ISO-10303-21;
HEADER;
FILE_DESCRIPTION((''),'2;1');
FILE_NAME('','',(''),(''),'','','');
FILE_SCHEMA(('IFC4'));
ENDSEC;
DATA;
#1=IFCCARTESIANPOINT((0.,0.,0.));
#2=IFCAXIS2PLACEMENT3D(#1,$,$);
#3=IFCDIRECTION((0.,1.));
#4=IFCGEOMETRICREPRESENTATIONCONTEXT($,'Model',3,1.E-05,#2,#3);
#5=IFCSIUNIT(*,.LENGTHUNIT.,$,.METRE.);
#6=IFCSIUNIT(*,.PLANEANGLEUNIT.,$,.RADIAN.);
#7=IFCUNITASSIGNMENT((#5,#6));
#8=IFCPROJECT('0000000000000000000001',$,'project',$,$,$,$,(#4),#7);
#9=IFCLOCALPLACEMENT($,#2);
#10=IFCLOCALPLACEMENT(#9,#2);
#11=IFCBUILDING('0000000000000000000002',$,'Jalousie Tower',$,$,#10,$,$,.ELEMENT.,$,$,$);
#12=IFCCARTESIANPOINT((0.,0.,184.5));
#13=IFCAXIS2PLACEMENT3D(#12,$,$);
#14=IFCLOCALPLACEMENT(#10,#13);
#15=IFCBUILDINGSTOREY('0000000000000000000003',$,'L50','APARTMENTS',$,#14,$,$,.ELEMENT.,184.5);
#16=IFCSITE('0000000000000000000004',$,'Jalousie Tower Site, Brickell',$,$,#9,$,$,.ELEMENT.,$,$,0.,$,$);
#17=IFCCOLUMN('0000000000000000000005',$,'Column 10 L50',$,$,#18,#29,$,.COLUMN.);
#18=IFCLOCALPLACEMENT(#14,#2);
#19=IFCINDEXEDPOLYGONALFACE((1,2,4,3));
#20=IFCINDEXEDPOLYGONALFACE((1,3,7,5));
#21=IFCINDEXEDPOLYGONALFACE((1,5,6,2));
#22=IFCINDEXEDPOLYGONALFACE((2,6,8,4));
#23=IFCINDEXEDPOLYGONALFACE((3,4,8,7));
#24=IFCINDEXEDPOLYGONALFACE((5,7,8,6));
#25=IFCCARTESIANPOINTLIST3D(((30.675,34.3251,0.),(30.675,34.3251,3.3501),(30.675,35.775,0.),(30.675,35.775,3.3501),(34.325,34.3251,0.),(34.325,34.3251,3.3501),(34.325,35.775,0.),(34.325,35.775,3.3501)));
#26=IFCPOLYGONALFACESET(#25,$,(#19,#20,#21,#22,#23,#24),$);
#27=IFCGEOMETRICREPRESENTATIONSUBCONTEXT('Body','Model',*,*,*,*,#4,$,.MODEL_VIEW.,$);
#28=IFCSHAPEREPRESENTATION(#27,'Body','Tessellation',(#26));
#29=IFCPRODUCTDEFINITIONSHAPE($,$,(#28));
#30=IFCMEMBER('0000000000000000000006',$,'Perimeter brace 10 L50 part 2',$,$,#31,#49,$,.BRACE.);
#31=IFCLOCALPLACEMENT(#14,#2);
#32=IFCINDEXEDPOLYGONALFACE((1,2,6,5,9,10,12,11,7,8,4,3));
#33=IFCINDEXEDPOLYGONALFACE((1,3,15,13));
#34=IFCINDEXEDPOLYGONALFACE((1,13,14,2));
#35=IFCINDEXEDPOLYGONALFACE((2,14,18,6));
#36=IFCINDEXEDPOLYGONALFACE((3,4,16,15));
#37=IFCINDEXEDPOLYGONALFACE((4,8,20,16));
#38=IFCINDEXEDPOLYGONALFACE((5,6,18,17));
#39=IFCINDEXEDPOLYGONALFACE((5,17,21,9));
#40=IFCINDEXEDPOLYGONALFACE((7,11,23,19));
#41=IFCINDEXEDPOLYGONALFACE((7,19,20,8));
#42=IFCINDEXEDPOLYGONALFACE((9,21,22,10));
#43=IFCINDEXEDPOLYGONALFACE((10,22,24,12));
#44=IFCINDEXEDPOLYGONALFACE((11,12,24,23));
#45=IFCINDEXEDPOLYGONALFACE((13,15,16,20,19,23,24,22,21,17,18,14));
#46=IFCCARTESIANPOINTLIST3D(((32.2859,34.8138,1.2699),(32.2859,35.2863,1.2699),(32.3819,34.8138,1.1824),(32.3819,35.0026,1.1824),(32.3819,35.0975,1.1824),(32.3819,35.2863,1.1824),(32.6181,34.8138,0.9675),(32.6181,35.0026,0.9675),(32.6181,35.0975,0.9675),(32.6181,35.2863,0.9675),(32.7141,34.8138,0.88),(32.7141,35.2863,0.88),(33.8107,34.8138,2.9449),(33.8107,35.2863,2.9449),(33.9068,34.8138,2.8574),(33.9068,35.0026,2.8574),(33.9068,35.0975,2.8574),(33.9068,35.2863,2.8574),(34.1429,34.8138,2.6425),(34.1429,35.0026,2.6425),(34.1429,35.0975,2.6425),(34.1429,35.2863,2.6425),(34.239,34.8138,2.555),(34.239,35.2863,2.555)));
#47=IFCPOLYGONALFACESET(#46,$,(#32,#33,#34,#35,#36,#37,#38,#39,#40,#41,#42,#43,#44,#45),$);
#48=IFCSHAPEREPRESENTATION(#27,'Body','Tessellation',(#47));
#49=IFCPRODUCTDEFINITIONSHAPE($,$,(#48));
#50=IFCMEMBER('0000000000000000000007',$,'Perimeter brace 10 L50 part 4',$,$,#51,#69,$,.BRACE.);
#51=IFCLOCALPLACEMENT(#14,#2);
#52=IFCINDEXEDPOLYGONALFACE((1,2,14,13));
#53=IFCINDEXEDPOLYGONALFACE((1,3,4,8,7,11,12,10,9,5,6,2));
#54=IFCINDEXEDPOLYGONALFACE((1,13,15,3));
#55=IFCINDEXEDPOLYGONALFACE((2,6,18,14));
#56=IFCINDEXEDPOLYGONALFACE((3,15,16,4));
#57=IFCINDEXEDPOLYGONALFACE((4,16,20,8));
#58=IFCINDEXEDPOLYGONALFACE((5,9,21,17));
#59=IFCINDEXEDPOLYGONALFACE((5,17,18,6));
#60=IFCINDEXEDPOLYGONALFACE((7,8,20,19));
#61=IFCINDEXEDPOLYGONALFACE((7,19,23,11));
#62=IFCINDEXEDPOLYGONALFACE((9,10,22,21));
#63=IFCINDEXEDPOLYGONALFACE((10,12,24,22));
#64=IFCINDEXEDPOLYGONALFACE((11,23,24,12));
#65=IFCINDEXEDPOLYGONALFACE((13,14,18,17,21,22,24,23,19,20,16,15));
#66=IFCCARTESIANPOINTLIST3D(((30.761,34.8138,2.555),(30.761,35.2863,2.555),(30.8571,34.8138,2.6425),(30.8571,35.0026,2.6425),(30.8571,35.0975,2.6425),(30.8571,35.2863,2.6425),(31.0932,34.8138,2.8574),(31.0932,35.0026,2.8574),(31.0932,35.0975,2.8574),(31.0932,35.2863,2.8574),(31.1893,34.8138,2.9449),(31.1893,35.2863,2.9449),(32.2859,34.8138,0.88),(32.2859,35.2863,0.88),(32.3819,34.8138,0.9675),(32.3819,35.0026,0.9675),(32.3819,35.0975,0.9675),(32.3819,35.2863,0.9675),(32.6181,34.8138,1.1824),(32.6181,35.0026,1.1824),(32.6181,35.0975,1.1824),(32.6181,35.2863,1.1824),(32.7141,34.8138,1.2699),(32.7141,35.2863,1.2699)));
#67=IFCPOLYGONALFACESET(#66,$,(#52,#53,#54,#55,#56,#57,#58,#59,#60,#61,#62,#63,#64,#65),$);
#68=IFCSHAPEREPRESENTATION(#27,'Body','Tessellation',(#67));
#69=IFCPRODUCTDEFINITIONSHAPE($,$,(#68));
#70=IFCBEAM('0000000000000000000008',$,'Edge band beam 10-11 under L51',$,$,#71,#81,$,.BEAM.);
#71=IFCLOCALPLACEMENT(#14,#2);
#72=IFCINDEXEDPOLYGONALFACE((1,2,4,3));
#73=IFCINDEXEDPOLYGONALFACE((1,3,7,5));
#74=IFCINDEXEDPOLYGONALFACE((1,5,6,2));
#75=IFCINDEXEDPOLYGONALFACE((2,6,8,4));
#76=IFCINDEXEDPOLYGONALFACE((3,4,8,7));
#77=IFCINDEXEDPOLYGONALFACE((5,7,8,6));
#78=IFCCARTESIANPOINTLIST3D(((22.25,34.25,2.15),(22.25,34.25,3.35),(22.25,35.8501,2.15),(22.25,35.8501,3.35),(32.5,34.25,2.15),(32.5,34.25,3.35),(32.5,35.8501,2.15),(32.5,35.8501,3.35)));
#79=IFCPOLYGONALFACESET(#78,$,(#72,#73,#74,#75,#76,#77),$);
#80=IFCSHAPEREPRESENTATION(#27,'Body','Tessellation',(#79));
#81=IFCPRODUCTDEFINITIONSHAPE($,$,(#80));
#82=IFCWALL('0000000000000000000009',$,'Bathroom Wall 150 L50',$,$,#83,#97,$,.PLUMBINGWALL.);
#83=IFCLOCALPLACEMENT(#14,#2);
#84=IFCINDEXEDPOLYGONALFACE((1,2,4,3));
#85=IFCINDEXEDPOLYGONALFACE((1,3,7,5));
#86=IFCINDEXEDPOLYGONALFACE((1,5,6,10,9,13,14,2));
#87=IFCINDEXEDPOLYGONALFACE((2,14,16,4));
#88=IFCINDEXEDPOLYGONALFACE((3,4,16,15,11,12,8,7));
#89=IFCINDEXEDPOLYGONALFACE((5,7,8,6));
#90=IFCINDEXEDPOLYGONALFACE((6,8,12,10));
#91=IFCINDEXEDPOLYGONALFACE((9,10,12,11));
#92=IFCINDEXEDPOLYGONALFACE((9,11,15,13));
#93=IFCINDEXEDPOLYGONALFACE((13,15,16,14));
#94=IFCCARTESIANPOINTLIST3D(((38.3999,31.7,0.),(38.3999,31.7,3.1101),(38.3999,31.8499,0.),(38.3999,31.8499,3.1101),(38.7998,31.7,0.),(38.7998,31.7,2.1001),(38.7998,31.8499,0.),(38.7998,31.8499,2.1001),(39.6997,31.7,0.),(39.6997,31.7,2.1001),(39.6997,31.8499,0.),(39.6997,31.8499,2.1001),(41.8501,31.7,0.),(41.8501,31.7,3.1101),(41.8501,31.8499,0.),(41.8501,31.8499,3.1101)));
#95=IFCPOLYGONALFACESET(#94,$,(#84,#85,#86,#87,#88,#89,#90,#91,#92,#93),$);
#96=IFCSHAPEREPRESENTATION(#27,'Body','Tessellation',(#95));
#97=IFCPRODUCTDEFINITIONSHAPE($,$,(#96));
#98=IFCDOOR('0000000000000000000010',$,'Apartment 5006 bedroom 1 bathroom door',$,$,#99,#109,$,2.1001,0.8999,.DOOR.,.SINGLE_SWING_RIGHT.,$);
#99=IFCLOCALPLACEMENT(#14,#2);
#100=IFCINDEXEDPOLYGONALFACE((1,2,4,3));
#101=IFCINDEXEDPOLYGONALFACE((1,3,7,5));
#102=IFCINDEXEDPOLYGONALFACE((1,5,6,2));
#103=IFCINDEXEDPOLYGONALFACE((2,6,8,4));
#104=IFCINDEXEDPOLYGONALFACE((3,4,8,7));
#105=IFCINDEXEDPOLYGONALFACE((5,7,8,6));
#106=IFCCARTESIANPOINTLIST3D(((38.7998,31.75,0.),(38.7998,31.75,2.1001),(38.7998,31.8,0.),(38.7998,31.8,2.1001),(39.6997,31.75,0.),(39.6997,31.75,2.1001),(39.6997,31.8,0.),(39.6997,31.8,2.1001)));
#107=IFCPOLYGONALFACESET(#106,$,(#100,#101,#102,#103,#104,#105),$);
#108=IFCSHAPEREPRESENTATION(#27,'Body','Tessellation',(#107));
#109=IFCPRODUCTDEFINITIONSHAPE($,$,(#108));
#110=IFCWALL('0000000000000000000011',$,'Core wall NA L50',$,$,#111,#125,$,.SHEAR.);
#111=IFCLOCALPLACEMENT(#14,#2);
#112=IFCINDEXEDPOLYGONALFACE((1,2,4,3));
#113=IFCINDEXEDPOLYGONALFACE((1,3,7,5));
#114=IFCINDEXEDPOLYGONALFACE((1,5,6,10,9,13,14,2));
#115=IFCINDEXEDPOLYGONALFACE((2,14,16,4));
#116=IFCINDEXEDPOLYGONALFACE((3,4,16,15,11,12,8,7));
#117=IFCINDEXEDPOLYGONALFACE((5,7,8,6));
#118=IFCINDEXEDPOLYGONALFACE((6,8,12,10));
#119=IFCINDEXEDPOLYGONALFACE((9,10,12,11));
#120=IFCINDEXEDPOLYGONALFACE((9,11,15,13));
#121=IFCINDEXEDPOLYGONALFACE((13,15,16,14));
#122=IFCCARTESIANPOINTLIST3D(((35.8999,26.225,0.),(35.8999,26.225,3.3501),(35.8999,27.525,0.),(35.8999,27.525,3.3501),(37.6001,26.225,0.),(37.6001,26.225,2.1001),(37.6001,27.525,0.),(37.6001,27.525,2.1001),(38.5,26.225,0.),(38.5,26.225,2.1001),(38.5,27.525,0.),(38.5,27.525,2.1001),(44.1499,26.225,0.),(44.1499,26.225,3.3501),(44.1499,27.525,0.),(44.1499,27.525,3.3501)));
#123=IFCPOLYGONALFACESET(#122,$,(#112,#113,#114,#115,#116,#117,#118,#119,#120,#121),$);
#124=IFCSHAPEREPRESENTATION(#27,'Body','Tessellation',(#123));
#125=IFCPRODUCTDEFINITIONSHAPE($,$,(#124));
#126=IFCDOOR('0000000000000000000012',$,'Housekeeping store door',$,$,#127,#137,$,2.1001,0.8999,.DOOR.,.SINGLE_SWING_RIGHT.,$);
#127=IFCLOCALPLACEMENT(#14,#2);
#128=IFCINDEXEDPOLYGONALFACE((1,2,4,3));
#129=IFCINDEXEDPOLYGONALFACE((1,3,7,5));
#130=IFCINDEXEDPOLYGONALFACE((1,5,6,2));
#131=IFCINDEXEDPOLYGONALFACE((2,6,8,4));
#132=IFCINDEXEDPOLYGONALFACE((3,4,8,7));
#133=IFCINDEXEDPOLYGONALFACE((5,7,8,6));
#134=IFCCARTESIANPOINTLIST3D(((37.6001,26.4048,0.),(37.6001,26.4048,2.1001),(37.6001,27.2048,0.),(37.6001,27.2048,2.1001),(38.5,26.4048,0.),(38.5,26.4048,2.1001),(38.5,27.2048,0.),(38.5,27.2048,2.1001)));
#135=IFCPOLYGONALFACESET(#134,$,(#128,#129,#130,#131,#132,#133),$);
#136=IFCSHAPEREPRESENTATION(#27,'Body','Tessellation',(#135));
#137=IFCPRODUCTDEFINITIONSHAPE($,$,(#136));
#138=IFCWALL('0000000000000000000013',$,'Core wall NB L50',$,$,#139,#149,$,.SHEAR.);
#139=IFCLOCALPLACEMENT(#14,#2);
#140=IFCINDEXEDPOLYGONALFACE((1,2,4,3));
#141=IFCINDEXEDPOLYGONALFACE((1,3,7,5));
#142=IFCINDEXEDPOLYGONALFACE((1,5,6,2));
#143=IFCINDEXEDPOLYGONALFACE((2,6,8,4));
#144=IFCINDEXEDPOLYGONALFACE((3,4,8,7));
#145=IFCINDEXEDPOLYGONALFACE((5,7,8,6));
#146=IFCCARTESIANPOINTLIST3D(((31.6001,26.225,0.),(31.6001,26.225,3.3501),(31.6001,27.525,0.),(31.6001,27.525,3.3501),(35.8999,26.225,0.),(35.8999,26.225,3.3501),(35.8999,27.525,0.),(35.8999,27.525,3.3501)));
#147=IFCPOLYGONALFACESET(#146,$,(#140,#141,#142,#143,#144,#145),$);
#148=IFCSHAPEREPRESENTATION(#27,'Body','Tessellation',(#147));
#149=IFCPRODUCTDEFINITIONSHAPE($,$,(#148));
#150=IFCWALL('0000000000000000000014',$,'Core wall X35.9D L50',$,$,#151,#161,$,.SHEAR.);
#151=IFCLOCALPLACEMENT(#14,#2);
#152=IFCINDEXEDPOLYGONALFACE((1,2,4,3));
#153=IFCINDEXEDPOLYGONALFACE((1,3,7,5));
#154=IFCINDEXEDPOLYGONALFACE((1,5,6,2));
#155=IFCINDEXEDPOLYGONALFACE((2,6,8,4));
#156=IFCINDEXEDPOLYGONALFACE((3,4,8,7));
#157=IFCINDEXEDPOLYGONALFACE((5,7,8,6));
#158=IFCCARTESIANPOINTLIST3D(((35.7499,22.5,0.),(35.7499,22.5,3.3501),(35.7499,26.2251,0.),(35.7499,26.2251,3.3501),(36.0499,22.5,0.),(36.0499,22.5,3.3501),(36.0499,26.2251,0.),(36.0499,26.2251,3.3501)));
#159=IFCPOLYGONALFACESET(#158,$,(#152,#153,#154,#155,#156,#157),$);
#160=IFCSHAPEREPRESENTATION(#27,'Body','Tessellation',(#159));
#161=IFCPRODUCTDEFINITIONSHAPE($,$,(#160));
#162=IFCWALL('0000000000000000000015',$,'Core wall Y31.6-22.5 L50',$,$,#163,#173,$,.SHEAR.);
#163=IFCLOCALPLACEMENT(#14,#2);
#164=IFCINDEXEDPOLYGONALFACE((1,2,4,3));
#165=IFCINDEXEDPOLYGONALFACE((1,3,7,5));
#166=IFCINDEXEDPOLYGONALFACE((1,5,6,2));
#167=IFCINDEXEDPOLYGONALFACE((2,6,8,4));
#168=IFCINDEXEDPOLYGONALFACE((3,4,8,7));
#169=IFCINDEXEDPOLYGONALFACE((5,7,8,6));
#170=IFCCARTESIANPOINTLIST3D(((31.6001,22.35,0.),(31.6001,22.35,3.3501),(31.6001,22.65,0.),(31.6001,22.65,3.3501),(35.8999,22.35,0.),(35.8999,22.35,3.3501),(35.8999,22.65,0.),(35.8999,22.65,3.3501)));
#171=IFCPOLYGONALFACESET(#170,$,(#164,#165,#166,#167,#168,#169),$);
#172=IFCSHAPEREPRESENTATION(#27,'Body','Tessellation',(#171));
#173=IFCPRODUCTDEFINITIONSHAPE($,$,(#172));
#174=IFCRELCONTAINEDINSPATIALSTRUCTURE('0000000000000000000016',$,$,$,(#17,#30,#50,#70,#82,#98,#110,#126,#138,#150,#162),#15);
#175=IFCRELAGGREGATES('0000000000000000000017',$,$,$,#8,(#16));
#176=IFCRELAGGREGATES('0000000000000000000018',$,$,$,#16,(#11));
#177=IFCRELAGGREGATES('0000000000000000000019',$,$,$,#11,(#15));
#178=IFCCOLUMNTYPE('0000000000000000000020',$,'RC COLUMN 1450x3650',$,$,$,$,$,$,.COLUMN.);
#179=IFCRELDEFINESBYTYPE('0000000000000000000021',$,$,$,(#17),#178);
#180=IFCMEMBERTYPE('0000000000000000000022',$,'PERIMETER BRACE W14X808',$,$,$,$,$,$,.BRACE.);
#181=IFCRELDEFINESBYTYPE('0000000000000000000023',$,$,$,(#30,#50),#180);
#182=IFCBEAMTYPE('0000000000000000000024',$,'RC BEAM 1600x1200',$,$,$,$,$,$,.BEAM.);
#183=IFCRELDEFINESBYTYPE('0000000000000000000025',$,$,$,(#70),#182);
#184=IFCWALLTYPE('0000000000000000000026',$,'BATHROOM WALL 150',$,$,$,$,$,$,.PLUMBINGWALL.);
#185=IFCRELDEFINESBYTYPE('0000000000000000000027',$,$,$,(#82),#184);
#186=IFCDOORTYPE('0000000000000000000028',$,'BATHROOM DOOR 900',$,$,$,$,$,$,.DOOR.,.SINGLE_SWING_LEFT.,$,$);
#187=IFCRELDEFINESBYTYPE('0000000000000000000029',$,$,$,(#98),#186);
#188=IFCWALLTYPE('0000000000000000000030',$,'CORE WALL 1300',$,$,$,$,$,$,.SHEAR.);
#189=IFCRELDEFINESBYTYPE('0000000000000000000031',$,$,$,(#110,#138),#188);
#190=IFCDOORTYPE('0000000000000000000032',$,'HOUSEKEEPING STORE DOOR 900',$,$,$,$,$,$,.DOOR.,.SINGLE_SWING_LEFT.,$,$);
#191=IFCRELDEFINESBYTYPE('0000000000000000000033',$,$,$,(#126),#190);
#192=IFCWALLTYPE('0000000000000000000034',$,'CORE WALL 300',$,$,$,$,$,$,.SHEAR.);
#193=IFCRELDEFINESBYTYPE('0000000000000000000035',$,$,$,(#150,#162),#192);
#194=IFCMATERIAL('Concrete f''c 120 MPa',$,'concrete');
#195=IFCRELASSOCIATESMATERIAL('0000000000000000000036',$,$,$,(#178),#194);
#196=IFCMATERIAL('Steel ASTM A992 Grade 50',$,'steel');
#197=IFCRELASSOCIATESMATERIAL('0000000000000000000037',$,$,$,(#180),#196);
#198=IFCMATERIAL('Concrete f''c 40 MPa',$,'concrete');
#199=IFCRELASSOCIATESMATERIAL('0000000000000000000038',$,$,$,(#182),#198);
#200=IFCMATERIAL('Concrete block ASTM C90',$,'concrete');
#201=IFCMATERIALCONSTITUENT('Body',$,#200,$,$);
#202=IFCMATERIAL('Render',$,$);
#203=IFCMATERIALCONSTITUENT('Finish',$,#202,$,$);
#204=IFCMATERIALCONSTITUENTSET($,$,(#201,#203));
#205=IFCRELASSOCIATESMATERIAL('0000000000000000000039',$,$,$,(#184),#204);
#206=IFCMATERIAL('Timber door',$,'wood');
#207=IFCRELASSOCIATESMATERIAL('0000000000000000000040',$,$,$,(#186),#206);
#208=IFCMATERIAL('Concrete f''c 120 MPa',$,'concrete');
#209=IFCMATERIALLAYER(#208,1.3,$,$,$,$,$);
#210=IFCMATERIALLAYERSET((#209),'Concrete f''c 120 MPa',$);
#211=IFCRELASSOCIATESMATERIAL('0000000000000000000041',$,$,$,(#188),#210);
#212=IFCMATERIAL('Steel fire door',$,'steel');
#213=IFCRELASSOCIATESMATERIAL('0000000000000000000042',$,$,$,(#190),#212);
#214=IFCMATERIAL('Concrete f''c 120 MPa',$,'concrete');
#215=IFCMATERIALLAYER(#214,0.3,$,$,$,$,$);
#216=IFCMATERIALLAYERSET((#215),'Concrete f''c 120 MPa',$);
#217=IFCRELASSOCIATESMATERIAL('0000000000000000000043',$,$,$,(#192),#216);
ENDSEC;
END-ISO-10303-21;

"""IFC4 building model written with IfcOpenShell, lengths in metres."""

from ifc_helpers import new_model, si_unit, direction, frame, frame_2d, origin, origin_2d, place, context, subcontext, project, spatial, rectangle, i_section, extrude, material, layer, layer_set, constituent, constituent_set, material_profile, profile_set, type_object, element, fill, save


model = new_model("IFC4")

# Units and contexts
model_context = context("Model", 3, precision=1e-05, world=origin(), true_north=direction((0.0, 1.0)))
body_context = subcontext(model_context, "Body", "Model", "MODEL_VIEW")
ifc_project = project(units=[si_unit("LENGTHUNIT", "METRE"), si_unit("PLANEANGLEUNIT", "RADIAN")], contexts=[model_context])

# Site, building, storey
site_placement = place(None, origin())
site = spatial("IfcSite", under=ifc_project, at=site_placement, Name="Jalousie Tower Site, Brickell", CompositionType="ELEMENT", RefElevation=0.0)
building_placement = place(site_placement, origin())
building = spatial("IfcBuilding", under=site, at=building_placement, Name="Jalousie Tower", CompositionType="ELEMENT")
storey_placement = place(building_placement, frame((0.0, 0.0, 184.5)))
storey = spatial("IfcBuildingStorey", under=building, at=storey_placement, Name="L50", Description="APARTMENTS", CompositionType="ELEMENT", Elevation=184.5)

# Column
ifc_material_1 = material(Name="Concrete f'c 120 MPa", Category="concrete")
ifc_material_profile_1 = material_profile(ifc_material_1, rectangle(XDim=1.45, YDim=3.6499, at=origin_2d()), Name="RC 1450x3650")
ifc_profile_set_1 = profile_set([ifc_material_profile_1], Name="Concrete f'c 120 MPa")
column_type = type_object("IfcColumnType", Name="RC COLUMN 1450x3650", PredefinedType="COLUMN", material=ifc_profile_set_1)
column_placement = place(storey_placement, frame((32.5, 35.05, 0.0), z_axis=(0.0, 0.0, 1.0), x_axis=(0.0, 1.0, 0.0)))
element("IfcColumn", 1, at=column_placement, inside=storey, type_object=column_type, Name="Column 10 L50", PredefinedType="COLUMN", context=body_context, shape_type="SweptSolid", body=[
    extrude(rectangle(XDim=1.45, YDim=3.6499, at=origin_2d()), origin(), (0.0, 0.0, 1.0), 3.3501),
])

# Members
ifc_material_2 = material(Name="Steel ASTM A992 Grade 50", Category="steel")
ifc_material_profile_2 = material_profile(ifc_material_2, i_section(OverallWidth=0.4724, OverallDepth=0.5791, WebThickness=0.095, FlangeThickness=0.1299, at=origin_2d()), Name="W14X808")
ifc_profile_set_2 = profile_set([ifc_material_profile_2], Name="Steel ASTM A992 Grade 50")
member_type = type_object("IfcMemberType", Name="PERIMETER BRACE W14X808", PredefinedType="BRACE", material=ifc_profile_set_2)
for number, where, z_axis, x_axis, name in (
    (2, (32.5, 35.05, 1.075), (0.673188, 0.0, 0.739472), (0.0, 1.0, 0.0), "Perimeter brace 10 L50 part 2"),
    (3, (32.5, 35.05, 1.075), (-0.673188, 0.0, 0.739472), (0.0, -1.0, 0.0), "Perimeter brace 10 L50 part 4"),
):
    element("IfcMember", number, at=place(storey_placement, frame(where, z_axis=z_axis, x_axis=x_axis)), inside=storey, type_object=member_type, Name=name, PredefinedType="BRACE", context=body_context, shape_type="SweptSolid", body=[
        extrude(i_section(OverallWidth=0.4724, OverallDepth=0.5791, WebThickness=0.095, FlangeThickness=0.1299, at=origin_2d()), origin(), (0.0, 0.0, 1.0), 2.2651),
    ])

# Beam
ifc_material_3 = material(Name="Concrete f'c 40 MPa", Category="concrete")
ifc_material_profile_3 = material_profile(ifc_material_3, rectangle(XDim=1.6001, YDim=1.2, at=origin_2d()), Name="RC 1600x1200")
ifc_profile_set_3 = profile_set([ifc_material_profile_3], Name="Concrete f'c 40 MPa")
beam_type = type_object("IfcBeamType", Name="RC BEAM 1600x1200", PredefinedType="BEAM", material=ifc_profile_set_3)
beam_placement = place(storey_placement, frame((32.5, 35.05, 2.75), z_axis=(-1.0, 0.0, 0.0), x_axis=(0.0, -1.0, 0.0)))
element("IfcBeam", 4, at=beam_placement, inside=storey, type_object=beam_type, Name="Edge band beam 10-11 under L51", PredefinedType="BEAM", context=body_context, shape_type="SweptSolid", body=[
    extrude(rectangle(XDim=1.6001, YDim=1.2, at=origin_2d()), origin(), (0.0, 0.0, 1.0), 10.25),
])

# Walls, openings, doors
ifc_material_4 = material(Name="Concrete block ASTM C90", Category="concrete")
ifc_constituent_1 = constituent(ifc_material_4, Name="Body")
ifc_material_5 = material(Name="Render")
ifc_constituent_2 = constituent(ifc_material_5, Name="Finish")
ifc_constituent_set_1 = constituent_set(constituents=[ifc_constituent_1, ifc_constituent_2])
wall_type_1 = type_object("IfcWallType", Name="BATHROOM WALL 150", PredefinedType="PLUMBINGWALL", material=ifc_constituent_set_1)
wall_1_placement = place(storey_placement, frame((38.3999, 31.7749, 0.0), z_axis=(0.0, 0.0, 1.0), x_axis=(1.0, 0.0, 0.0)))
wall_1 = element("IfcWall", 5, at=wall_1_placement, inside=storey, type_object=wall_type_1, Name="Bathroom Wall 150 L50", PredefinedType="PLUMBINGWALL", context=body_context, shape_type="SweptSolid", body=[
    extrude(rectangle(XDim=3.4502, YDim=0.1499, at=frame_2d((1.7251, 0.0))), origin(), (0.0, 0.0, 1.0), 3.1101),
])
opening_1_placement = place(wall_1_placement, frame((0.3999, 0.0, 0.0)))
opening_1 = element("IfcOpeningElement", 6, at=opening_1_placement, cuts=wall_1, PredefinedType="OPENING", context=body_context, shape_type="SweptSolid", body=[
    extrude(rectangle(XDim=0.8999, YDim=2.1001, at=frame_2d((0.45, 1.05))), frame((0.0, 0.085, 0.0), z_axis=(0.0, -1.0, 0.0), x_axis=(1.0, 0.0, 0.0)), (0.0, 0.0, 1.0), 0.1699),
])
ifc_material_6 = material(Name="Timber door", Category="wood")
door_type_1 = type_object("IfcDoorType", Name="BATHROOM DOOR 900", OperationType="SINGLE_SWING_LEFT", PredefinedType="DOOR", material=ifc_material_6)
door_1_placement = place(opening_1_placement, frame((0.8999, 0.0, 0.0), z_axis=(0.0, 0.0, 1.0), x_axis=(-1.0, 0.0, 0.0)))
door_1 = element("IfcDoor", 7, at=door_1_placement, inside=storey, type_object=door_type_1, Name="Apartment 5006 bedroom 1 bathroom door", OperationType="SINGLE_SWING_RIGHT", OverallHeight=2.1001, OverallWidth=0.8999, PredefinedType="DOOR", context=body_context, shape_type="SweptSolid", body=[
    extrude(rectangle(XDim=0.8999, YDim=2.1001, at=frame_2d((0.45, 1.05))), frame((0.0, 0.0249, 0.0), z_axis=(0.0, -1.0, 0.0), x_axis=(1.0, 0.0, 0.0)), (0.0, 0.0, 1.0), 0.05),
])
fill(opening_1, door_1)
ifc_material_7 = material(Name="Concrete f'c 120 MPa", Category="concrete")
ifc_layer_1 = layer(ifc_material_7, 1.3)
ifc_layer_set_1 = layer_set([ifc_layer_1], Name="Concrete f'c 120 MPa")
wall_type_2 = type_object("IfcWallType", Name="CORE WALL 1300", PredefinedType="SHEAR", material=ifc_layer_set_1)
wall_2_placement = place(storey_placement, frame((44.1499, 26.875, 0.0), z_axis=(0.0, 0.0, 1.0), x_axis=(-1.0, 0.0, 0.0)))
wall_2 = element("IfcWall", 8, at=wall_2_placement, inside=storey, type_object=wall_type_2, Name="Core wall NA L50", PredefinedType="SHEAR", context=body_context, shape_type="SweptSolid", body=[
    extrude(rectangle(XDim=8.25, YDim=1.3, at=frame_2d((4.125, 0.0))), origin(), (0.0, 0.0, 1.0), 3.3501),
])
opening_2_placement = place(wall_2_placement, frame((5.6499, 0.0, 0.0)))
opening_2 = element("IfcOpeningElement", 9, at=opening_2_placement, cuts=wall_2, PredefinedType="OPENING", context=body_context, shape_type="SweptSolid", body=[
    extrude(rectangle(XDim=0.8999, YDim=2.1001, at=frame_2d((0.45, 1.05))), frame((0.0, 0.6599, 0.0), z_axis=(0.0, -1.0, 0.0), x_axis=(1.0, 0.0, 0.0)), (0.0, 0.0, 1.0), 1.3201),
])
ifc_material_8 = material(Name="Steel fire door", Category="steel")
door_type_2 = type_object("IfcDoorType", Name="HOUSEKEEPING STORE DOOR 900", OperationType="SINGLE_SWING_LEFT", PredefinedType="DOOR", material=ifc_material_8)
door_2_placement = place(opening_2_placement, origin())
door_2 = element("IfcDoor", 10, at=door_2_placement, inside=storey, type_object=door_type_2, Name="Housekeeping store door", OperationType="SINGLE_SWING_RIGHT", OverallHeight=2.1001, OverallWidth=0.8999, PredefinedType="DOOR", context=body_context, shape_type="SweptSolid", body=[
    extrude(rectangle(XDim=0.8999, YDim=2.1001, at=frame_2d((0.45, 1.05))), frame((0.0, 0.4702, 0.0), z_axis=(0.0, -1.0, 0.0), x_axis=(1.0, 0.0, 0.0)), (0.0, 0.0, 1.0), 0.8),
])
fill(opening_2, door_2)

# Walls
wall_3_placement = place(storey_placement, frame((35.8999, 26.875, 0.0), z_axis=(0.0, 0.0, 1.0), x_axis=(-1.0, 0.0, 0.0)))
element("IfcWall", 11, at=wall_3_placement, inside=storey, type_object=wall_type_2, Name="Core wall NB L50", PredefinedType="SHEAR", context=body_context, shape_type="SweptSolid", body=[
    extrude(rectangle(XDim=4.2998, YDim=1.3, at=frame_2d((2.1499, 0.0))), origin(), (0.0, 0.0, 1.0), 3.3501),
])
ifc_material_9 = material(Name="Concrete f'c 120 MPa", Category="concrete")
ifc_layer_2 = layer(ifc_material_9, 0.3)
ifc_layer_set_2 = layer_set([ifc_layer_2], Name="Concrete f'c 120 MPa")
wall_type_3 = type_object("IfcWallType", Name="CORE WALL 300", PredefinedType="SHEAR", material=ifc_layer_set_2)
wall_4_placement = place(storey_placement, frame((35.8999, 22.5, 0.0), z_axis=(0.0, 0.0, 1.0), x_axis=(0.0, 1.0, 0.0)))
element("IfcWall", 12, at=wall_4_placement, inside=storey, type_object=wall_type_3, Name="Core wall X35.9D L50", PredefinedType="SHEAR", context=body_context, shape_type="SweptSolid", body=[
    extrude(rectangle(XDim=3.7251, YDim=0.3, at=frame_2d((1.8625, 0.0))), origin(), (0.0, 0.0, 1.0), 3.3501),
])
wall_5_placement = place(storey_placement, frame((31.6001, 22.5, 0.0), z_axis=(0.0, 0.0, 1.0), x_axis=(1.0, 0.0, 0.0)))
element("IfcWall", 13, at=wall_5_placement, inside=storey, type_object=wall_type_3, Name="Core wall Y31.6-22.5 L50", PredefinedType="SHEAR", context=body_context, shape_type="SweptSolid", body=[
    extrude(rectangle(XDim=4.2998, YDim=0.3, at=frame_2d((2.1499, 0.0))), origin(), (0.0, 0.0, 1.0), 3.3501),
])

save(model, "model.ifc")
